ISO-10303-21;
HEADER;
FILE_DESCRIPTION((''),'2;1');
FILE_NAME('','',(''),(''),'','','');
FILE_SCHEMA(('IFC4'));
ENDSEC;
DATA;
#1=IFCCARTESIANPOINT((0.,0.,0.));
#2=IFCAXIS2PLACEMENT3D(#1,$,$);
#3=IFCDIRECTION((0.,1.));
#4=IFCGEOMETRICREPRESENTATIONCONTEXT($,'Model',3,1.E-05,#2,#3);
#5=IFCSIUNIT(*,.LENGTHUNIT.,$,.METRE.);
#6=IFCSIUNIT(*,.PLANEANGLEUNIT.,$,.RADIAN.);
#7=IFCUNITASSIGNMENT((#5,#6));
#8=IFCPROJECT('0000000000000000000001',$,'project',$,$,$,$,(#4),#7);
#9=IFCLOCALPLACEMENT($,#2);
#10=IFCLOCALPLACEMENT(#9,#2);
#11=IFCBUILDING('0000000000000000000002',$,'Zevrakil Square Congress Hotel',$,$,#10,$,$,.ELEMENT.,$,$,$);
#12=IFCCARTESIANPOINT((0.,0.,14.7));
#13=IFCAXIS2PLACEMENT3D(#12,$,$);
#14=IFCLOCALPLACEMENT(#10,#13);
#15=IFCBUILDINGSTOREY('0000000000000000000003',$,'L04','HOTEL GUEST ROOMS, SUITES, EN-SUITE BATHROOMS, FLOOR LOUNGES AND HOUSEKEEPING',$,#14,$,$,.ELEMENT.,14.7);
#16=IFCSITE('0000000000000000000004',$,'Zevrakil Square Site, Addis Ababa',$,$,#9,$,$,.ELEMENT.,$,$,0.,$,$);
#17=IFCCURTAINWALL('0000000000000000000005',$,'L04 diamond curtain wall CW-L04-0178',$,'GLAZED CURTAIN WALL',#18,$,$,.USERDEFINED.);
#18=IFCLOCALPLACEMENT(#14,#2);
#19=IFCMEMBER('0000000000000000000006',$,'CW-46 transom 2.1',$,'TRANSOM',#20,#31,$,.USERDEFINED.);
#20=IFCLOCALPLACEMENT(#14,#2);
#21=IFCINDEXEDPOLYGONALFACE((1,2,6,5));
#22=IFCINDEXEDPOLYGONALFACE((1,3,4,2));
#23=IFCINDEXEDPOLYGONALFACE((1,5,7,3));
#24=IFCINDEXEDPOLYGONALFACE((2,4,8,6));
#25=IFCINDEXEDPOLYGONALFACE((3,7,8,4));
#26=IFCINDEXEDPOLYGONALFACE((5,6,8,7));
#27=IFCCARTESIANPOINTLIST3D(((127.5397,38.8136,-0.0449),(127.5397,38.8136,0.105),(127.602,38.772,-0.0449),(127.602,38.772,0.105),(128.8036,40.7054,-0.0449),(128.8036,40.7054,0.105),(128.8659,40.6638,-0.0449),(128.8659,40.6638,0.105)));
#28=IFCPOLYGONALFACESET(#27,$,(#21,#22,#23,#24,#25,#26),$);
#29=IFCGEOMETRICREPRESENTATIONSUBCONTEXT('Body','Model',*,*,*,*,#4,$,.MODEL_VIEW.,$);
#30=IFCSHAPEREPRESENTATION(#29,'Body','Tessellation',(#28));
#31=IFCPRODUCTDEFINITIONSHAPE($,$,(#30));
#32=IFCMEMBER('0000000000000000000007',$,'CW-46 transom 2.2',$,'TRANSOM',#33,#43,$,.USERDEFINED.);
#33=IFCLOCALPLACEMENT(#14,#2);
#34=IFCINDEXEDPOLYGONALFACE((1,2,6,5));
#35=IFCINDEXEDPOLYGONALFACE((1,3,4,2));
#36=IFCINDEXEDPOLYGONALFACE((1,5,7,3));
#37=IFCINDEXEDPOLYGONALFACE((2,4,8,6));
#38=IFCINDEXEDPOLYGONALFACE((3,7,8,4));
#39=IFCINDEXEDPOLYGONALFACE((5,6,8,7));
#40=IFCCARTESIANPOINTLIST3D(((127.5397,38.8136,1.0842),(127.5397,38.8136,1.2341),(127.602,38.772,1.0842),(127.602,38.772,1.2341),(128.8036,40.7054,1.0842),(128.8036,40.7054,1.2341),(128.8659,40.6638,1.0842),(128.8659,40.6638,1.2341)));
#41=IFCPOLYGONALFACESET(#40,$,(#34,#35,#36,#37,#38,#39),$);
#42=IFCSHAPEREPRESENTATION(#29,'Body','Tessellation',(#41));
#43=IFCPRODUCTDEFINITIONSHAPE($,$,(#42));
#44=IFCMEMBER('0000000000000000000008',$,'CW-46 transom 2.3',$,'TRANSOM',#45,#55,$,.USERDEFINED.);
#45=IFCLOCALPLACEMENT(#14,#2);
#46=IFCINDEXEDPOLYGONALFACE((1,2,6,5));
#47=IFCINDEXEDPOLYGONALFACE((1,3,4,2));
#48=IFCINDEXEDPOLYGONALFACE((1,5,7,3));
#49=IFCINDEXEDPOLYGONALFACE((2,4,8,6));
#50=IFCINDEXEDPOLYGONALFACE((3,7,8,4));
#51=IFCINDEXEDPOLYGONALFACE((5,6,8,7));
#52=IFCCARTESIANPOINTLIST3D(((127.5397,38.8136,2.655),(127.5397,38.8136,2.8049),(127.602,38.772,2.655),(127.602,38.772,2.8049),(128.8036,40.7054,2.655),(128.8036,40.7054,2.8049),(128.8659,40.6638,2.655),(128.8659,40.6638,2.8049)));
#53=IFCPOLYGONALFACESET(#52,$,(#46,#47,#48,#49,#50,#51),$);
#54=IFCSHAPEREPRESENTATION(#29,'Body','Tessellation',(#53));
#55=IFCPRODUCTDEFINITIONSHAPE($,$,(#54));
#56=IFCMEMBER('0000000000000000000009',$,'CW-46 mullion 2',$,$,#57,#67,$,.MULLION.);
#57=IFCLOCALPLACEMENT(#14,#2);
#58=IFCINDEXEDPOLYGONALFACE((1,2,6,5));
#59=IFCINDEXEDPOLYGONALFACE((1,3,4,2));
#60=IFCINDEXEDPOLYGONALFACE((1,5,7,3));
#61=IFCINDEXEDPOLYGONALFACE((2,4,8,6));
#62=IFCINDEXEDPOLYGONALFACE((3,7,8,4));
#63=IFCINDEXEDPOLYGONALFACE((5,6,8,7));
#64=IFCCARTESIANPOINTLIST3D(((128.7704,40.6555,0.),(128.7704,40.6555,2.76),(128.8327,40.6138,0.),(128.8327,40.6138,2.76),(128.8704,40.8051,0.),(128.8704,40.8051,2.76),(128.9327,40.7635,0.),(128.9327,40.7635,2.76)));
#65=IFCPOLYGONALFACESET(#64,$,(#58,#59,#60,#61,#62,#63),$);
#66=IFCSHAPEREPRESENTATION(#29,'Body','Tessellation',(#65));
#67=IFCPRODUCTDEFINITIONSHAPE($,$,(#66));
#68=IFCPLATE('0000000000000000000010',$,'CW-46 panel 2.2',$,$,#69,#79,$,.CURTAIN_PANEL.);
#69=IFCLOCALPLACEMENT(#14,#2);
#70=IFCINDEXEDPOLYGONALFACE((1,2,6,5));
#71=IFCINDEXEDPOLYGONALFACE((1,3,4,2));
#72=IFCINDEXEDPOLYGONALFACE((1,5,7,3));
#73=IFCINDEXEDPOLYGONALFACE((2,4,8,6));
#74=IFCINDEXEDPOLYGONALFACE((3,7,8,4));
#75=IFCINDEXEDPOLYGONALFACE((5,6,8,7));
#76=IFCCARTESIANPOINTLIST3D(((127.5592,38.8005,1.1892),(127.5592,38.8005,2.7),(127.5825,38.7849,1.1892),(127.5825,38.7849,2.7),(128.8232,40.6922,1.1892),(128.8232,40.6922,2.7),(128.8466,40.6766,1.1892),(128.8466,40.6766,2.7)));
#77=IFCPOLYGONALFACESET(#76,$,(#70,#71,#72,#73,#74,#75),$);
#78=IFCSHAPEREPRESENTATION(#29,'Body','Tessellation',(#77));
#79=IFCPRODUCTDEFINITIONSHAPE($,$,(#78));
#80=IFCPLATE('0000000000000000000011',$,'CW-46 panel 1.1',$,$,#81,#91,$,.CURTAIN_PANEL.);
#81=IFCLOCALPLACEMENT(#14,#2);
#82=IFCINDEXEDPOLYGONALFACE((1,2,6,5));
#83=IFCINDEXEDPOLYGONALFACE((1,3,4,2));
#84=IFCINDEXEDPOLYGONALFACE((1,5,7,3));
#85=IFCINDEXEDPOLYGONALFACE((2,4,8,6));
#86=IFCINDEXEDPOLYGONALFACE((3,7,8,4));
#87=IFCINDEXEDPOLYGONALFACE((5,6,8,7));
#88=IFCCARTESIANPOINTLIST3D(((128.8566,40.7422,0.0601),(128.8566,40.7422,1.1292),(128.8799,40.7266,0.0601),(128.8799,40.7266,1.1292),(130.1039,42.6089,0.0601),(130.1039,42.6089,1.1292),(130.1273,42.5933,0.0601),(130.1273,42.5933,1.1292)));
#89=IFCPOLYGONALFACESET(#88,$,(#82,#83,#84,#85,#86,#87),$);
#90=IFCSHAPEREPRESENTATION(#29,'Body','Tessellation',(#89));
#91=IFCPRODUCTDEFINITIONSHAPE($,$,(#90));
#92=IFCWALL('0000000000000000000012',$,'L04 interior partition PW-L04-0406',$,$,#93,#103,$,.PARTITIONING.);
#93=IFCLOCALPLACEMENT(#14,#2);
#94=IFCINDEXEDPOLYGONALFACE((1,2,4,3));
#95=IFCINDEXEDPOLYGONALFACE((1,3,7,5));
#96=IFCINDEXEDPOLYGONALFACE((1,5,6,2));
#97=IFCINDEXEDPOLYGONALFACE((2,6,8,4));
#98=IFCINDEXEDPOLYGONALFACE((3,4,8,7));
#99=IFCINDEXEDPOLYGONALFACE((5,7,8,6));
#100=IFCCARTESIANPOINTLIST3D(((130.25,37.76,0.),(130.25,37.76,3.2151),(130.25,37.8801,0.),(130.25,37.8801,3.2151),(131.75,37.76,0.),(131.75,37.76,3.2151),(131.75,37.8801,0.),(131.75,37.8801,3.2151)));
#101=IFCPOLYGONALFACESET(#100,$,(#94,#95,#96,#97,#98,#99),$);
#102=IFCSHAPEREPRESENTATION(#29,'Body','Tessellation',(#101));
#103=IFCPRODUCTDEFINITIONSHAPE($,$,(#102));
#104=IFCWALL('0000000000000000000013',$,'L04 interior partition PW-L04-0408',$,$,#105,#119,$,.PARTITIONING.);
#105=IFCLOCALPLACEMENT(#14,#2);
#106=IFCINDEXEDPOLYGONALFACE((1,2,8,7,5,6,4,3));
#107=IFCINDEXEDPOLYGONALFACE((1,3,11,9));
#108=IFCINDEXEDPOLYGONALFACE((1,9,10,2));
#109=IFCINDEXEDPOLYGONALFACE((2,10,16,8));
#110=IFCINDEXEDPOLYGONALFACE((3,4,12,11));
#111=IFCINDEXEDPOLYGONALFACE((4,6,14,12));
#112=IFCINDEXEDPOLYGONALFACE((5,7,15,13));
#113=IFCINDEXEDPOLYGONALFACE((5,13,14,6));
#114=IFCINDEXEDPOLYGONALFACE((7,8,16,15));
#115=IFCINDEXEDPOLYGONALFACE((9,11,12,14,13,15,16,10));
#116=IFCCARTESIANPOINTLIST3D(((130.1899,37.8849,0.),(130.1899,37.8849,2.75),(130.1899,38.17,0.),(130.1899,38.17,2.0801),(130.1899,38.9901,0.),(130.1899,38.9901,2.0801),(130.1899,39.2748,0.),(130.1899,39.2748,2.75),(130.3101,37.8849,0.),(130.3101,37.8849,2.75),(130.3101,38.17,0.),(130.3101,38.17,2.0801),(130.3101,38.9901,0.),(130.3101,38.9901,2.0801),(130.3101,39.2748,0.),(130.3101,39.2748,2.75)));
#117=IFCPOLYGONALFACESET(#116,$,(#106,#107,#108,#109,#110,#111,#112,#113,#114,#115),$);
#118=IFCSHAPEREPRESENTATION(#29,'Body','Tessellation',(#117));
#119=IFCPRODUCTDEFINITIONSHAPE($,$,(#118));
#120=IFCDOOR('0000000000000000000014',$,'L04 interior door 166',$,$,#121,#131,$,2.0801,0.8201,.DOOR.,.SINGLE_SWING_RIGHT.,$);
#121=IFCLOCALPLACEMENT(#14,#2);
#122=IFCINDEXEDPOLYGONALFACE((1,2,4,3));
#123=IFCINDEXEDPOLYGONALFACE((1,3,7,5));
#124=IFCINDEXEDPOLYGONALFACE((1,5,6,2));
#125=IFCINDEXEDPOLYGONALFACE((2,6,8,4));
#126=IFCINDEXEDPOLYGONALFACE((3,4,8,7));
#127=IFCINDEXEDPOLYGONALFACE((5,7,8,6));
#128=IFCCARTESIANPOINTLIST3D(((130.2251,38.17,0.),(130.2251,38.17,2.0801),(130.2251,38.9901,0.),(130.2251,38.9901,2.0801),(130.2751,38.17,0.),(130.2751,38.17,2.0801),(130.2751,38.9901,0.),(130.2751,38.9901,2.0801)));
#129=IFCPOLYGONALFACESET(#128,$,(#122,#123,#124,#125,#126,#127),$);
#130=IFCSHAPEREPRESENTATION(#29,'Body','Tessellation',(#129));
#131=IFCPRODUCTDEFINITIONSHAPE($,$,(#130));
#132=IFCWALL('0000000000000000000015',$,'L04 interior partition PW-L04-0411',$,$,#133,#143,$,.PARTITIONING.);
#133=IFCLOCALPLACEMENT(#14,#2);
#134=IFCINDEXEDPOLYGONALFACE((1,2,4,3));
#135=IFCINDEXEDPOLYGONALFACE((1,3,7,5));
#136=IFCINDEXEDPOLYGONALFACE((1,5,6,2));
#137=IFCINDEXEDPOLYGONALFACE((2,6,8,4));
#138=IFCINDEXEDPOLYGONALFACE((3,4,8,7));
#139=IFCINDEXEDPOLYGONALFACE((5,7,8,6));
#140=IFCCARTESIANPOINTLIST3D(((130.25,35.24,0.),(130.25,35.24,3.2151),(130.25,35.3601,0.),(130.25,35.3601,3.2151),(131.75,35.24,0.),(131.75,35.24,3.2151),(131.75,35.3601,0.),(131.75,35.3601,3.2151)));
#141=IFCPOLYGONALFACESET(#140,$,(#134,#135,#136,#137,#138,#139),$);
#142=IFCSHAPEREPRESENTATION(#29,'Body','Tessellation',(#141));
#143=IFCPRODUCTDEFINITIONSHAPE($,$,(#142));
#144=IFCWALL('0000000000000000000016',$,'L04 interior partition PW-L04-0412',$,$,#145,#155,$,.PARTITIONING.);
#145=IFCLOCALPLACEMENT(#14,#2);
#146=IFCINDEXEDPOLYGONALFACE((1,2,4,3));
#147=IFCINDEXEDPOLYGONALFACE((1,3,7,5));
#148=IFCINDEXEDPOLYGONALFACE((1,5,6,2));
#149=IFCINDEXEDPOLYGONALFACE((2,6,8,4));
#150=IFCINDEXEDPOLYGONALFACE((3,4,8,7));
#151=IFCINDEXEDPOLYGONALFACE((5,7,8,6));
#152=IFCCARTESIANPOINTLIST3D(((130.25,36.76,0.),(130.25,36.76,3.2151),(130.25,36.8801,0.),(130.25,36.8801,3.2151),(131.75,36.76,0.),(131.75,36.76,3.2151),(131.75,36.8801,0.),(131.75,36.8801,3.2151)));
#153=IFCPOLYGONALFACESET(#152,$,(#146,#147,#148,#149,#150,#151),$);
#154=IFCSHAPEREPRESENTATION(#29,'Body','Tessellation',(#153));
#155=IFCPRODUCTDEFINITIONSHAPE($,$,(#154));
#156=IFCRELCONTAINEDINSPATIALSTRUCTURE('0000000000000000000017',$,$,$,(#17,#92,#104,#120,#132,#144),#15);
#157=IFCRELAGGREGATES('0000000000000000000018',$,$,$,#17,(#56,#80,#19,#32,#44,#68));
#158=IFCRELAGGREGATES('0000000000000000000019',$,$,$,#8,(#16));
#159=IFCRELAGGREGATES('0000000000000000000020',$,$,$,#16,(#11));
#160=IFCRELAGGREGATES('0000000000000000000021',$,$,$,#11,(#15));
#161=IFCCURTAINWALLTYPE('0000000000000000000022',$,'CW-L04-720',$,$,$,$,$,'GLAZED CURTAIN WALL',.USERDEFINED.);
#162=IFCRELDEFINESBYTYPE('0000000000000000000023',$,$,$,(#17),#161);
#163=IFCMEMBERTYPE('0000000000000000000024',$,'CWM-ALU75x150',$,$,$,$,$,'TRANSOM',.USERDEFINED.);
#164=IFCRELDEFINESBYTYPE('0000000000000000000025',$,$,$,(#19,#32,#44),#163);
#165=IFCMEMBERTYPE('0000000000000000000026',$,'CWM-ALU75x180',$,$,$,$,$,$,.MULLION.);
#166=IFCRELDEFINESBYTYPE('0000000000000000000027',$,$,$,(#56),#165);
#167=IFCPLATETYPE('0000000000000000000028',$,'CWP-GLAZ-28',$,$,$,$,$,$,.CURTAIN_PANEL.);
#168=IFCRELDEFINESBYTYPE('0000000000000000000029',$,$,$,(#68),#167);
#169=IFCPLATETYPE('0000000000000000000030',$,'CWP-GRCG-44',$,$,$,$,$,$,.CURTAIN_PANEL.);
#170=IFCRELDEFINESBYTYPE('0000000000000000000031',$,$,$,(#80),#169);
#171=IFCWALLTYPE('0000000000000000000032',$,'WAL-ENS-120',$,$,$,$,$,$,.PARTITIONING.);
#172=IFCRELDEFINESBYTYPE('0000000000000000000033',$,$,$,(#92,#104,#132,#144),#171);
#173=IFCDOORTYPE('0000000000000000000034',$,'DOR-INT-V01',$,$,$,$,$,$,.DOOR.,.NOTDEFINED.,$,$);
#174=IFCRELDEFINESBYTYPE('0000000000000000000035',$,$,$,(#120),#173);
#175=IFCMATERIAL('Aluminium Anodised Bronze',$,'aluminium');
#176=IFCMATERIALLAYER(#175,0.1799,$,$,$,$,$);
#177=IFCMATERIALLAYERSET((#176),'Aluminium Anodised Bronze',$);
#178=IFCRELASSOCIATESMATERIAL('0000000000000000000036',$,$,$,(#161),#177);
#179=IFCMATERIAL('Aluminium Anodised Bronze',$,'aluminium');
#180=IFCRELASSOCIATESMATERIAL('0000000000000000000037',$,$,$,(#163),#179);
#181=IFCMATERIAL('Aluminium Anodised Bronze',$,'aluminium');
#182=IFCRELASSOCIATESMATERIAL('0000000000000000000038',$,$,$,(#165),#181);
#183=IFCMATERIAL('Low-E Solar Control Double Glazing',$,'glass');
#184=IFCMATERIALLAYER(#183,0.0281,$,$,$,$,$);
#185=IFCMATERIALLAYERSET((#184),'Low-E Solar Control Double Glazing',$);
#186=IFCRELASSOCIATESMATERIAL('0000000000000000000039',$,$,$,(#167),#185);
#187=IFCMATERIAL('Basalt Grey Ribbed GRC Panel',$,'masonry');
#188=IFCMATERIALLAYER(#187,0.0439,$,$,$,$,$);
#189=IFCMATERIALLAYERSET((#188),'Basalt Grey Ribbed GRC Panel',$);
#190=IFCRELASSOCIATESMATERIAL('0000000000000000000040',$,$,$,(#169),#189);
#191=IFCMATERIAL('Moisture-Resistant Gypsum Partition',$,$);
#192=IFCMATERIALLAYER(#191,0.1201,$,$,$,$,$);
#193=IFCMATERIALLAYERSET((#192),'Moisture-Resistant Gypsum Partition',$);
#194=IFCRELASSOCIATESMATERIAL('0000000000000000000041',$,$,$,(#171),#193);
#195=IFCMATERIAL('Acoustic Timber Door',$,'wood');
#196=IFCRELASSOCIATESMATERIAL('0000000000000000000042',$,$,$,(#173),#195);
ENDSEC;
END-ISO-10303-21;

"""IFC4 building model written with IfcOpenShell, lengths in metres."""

from ifc_helpers import new_model, si_unit, direction, frame, frame_2d, origin, origin_2d, place, context, subcontext, project, spatial, rectangle, extrude, material, layer, layer_set, material_profile, profile_set, type_object, element, fill, aggregate, save


model = new_model("IFC4")

# Units and contexts
model_context = context("Model", 3, precision=1e-05, world=origin(), true_north=direction((0.0, 1.0)))
body_context = subcontext(model_context, "Body", "Model", "MODEL_VIEW")
ifc_project = project(units=[si_unit("LENGTHUNIT", "METRE"), si_unit("PLANEANGLEUNIT", "RADIAN")], contexts=[model_context])

# Site, building, storey
site_placement = place(None, origin())
site = spatial("IfcSite", under=ifc_project, at=site_placement, Name="Zevrakil Square Site, Addis Ababa", CompositionType="ELEMENT", RefElevation=0.0)
building_placement = place(site_placement, origin())
building = spatial("IfcBuilding", under=site, at=building_placement, Name="Zevrakil Square Congress Hotel", CompositionType="ELEMENT")
storey_placement = place(building_placement, frame((0.0, 0.0, 14.7)))
storey = spatial("IfcBuildingStorey", under=building, at=storey_placement, Name="L04", Description="HOTEL GUEST ROOMS, SUITES, EN-SUITE BATHROOMS, FLOOR LOUNGES AND HOUSEKEEPING", CompositionType="ELEMENT", Elevation=14.7)

# Curtain wall, members, plates
ifc_material_1 = material(Name="Aluminium Anodised Bronze", Category="aluminium")
ifc_layer_1 = layer(ifc_material_1, 0.1799)
ifc_layer_set_1 = layer_set([ifc_layer_1], Name="Aluminium Anodised Bronze")
curtain_wall_type = type_object("IfcCurtainWallType", Name="CW-L04-720", ElementType="GLAZED CURTAIN WALL", PredefinedType="USERDEFINED", material=ifc_layer_set_1)
curtain_wall_placement = place(storey_placement, origin())
curtain_wall = element("IfcCurtainWall", 1, at=curtain_wall_placement, inside=storey, type_object=curtain_wall_type, Name="L04 diamond curtain wall CW-L04-0178", ObjectType="GLAZED CURTAIN WALL", PredefinedType="USERDEFINED")
ifc_material_2 = material(Name="Aluminium Anodised Bronze", Category="aluminium")
ifc_material_profile_1 = material_profile(ifc_material_2, rectangle(XDim=0.075, YDim=0.1499, at=origin_2d()), Name="ALU 75x150")
ifc_profile_set_1 = profile_set([ifc_material_profile_1], Name="Aluminium Anodised Bronze")
member_type_1 = type_object("IfcMemberType", Name="CWM-ALU75x150", ElementType="TRANSOM", PredefinedType="USERDEFINED", material=ifc_profile_set_1)
member_1_placement = place(storey_placement, frame((128.8347, 40.6846, 0.03), z_axis=(-0.555517, -0.831505, 0.0), x_axis=(0.831505, -0.555517, 0.0)))
member_1 = element("IfcMember", 2, at=member_1_placement, type_object=member_type_1, Name="CW-46 transom 2.1", ObjectType="TRANSOM", PredefinedType="USERDEFINED", context=body_context, shape_type="SweptSolid", body=[
    extrude(rectangle(XDim=0.075, YDim=0.1499, at=origin_2d()), origin(), (0.0, 0.0, 1.0), 2.2751),
])
member_2_placement = place(storey_placement, frame((128.8347, 40.6846, 1.1592), z_axis=(-0.555517, -0.831505, 0.0), x_axis=(0.831505, -0.555517, 0.0)))
member_2 = element("IfcMember", 3, at=member_2_placement, type_object=member_type_1, Name="CW-46 transom 2.2", ObjectType="TRANSOM", PredefinedType="USERDEFINED", context=body_context, shape_type="SweptSolid", body=[
    extrude(rectangle(XDim=0.075, YDim=0.1499, at=origin_2d()), origin(), (0.0, 0.0, 1.0), 2.2751),
])
member_3_placement = place(storey_placement, frame((128.8347, 40.6846, 2.73), z_axis=(-0.555517, -0.831505, 0.0), x_axis=(0.831505, -0.555517, 0.0)))
member_3 = element("IfcMember", 4, at=member_3_placement, type_object=member_type_1, Name="CW-46 transom 2.3", ObjectType="TRANSOM", PredefinedType="USERDEFINED", context=body_context, shape_type="SweptSolid", body=[
    extrude(rectangle(XDim=0.075, YDim=0.1499, at=origin_2d()), origin(), (0.0, 0.0, 1.0), 2.2751),
])
ifc_material_3 = material(Name="Aluminium Anodised Bronze", Category="aluminium")
ifc_material_profile_2 = material_profile(ifc_material_3, rectangle(XDim=0.075, YDim=0.1799, at=origin_2d()), Name="ALU 75x180")
ifc_profile_set_2 = profile_set([ifc_material_profile_2], Name="Aluminium Anodised Bronze")
member_type_2 = type_object("IfcMemberType", Name="CWM-ALU75x180", PredefinedType="MULLION", material=ifc_profile_set_2)
member_4_placement = place(storey_placement, frame((128.8516, 40.7095, 0.0), z_axis=(0.0, 0.0, 1.0), x_axis=(0.831466, -0.555576, 0.0)))
member_4 = element("IfcMember", 5, at=member_4_placement, type_object=member_type_2, Name="CW-46 mullion 2", PredefinedType="MULLION", context=body_context, shape_type="SweptSolid", body=[
    extrude(rectangle(XDim=0.075, YDim=0.1799, at=origin_2d()), origin(), (0.0, 0.0, 1.0), 2.76),
])
ifc_material_4 = material(Name="Low-E Solar Control Double Glazing", Category="glass")
ifc_layer_2 = layer(ifc_material_4, 0.0281)
ifc_layer_set_2 = layer_set([ifc_layer_2], Name="Low-E Solar Control Double Glazing")
plate_type_1 = type_object("IfcPlateType", Name="CWP-GLAZ-28", PredefinedType="CURTAIN_PANEL", material=ifc_layer_set_2)
plate_1_placement = place(storey_placement, frame((128.2029, 39.7385, 1.1892), z_axis=(0.0, 0.0, 1.0), x_axis=(-0.555576, -0.831466, 0.0)))
plate_1 = element("IfcPlate", 6, at=plate_1_placement, type_object=plate_type_1, Name="CW-46 panel 2.2", PredefinedType="CURTAIN_PANEL", context=body_context, shape_type="SweptSolid", body=[
    extrude(rectangle(XDim=2.2751, YDim=0.0281, at=origin_2d()), origin(), (0.0, 0.0, 1.0), 1.5107),
])
ifc_material_5 = material(Name="Basalt Grey Ribbed GRC Panel", Category="masonry")
ifc_layer_3 = layer(ifc_material_5, 0.0439)
ifc_layer_set_3 = layer_set([ifc_layer_3], Name="Basalt Grey Ribbed GRC Panel")
plate_type_2 = type_object("IfcPlateType", Name="CWP-GRCG-44", PredefinedType="CURTAIN_PANEL", material=ifc_layer_set_3)
plate_2_placement = place(storey_placement, frame((129.4919, 41.6677, 0.0601), z_axis=(0.0, 0.0, 1.0), x_axis=(-0.555576, -0.831466, 0.0)))
plate_2 = element("IfcPlate", 7, at=plate_2_placement, type_object=plate_type_2, Name="CW-46 panel 1.1", PredefinedType="CURTAIN_PANEL", context=body_context, shape_type="SweptSolid", body=[
    extrude(rectangle(XDim=2.2451, YDim=0.0281, at=origin_2d()), origin(), (0.0, 0.0, 1.0), 1.0691),
])
aggregate(curtain_wall, [member_4, plate_2, member_1, member_2, member_3, plate_1])

# Wall
ifc_material_6 = material(Name="Moisture-Resistant Gypsum Partition")
ifc_layer_4 = layer(ifc_material_6, 0.1201)
ifc_layer_set_4 = layer_set([ifc_layer_4], Name="Moisture-Resistant Gypsum Partition")
wall_type = type_object("IfcWallType", Name="WAL-ENS-120", PredefinedType="PARTITIONING", material=ifc_layer_set_4)
wall_1_placement = place(storey_placement, frame((130.25, 37.8201, 0.0), z_axis=(0.0, 0.0, 1.0), x_axis=(1.0, 0.0, 0.0)))
element("IfcWall", 8, at=wall_1_placement, inside=storey, type_object=wall_type, Name="L04 interior partition PW-L04-0406", PredefinedType="PARTITIONING", context=body_context, shape_type="SweptSolid", body=[
    extrude(rectangle(XDim=1.5, YDim=0.1201, at=frame_2d((0.75, 0.0))), origin(), (0.0, 0.0, 1.0), 3.2151),
])

# Wall, opening, door
wall_2_placement = place(storey_placement, frame((130.25, 37.885, 0.0), z_axis=(0.0, 0.0, 1.0), x_axis=(0.0, 1.0, 0.0)))
wall_2 = element("IfcWall", 9, at=wall_2_placement, inside=storey, type_object=wall_type, Name="L04 interior partition PW-L04-0408", PredefinedType="PARTITIONING", context=body_context, shape_type="SweptSolid", body=[
    extrude(rectangle(XDim=1.3899, YDim=0.1201, at=frame_2d((0.6948, 0.0))), origin(), (0.0, 0.0, 1.0), 2.75),
])
opening_1_placement = place(wall_2_placement, frame((0.2849, 0.0, 0.0)))
opening_1 = element("IfcOpeningElement", 10, at=opening_1_placement, cuts=wall_2, PredefinedType="OPENING", context=body_context, shape_type="SweptSolid", body=[
    extrude(rectangle(XDim=0.8201, YDim=2.0801, at=frame_2d((0.4102, 1.04))), frame((0.0, 0.0701, 0.0), z_axis=(0.0, -1.0, 0.0), x_axis=(1.0, 0.0, 0.0)), (0.0, 0.0, 1.0), 0.1401),
])
ifc_material_7 = material(Name="Acoustic Timber Door", Category="wood")
door_type = type_object("IfcDoorType", Name="DOR-INT-V01", OperationType="NOTDEFINED", PredefinedType="DOOR", material=ifc_material_7)
door_1_placement = place(opening_1_placement, origin())
door_1 = element("IfcDoor", 11, at=door_1_placement, inside=storey, type_object=door_type, Name="L04 interior door 166", OperationType="SINGLE_SWING_RIGHT", OverallHeight=2.0801, OverallWidth=0.8201, PredefinedType="DOOR", context=body_context, shape_type="SweptSolid", body=[
    extrude(rectangle(XDim=0.8201, YDim=2.0801, at=frame_2d((0.4102, 1.04))), frame((0.0, 0.0249, 0.0), z_axis=(0.0, -1.0, 0.0), x_axis=(1.0, 0.0, 0.0)), (0.0, 0.0, 1.0), 0.05),
])
fill(opening_1, door_1)

# Walls
for number, where, z_axis, x_axis, name in (
    (12, (130.25, 35.3, 0.0), (0.0, 0.0, 1.0), (1.0, 0.0, 0.0), "L04 interior partition PW-L04-0411"),
    (13, (130.25, 36.8201, 0.0), (0.0, 0.0, 1.0), (1.0, 0.0, 0.0), "L04 interior partition PW-L04-0412"),
):
    element("IfcWall", number, at=place(storey_placement, frame(where, z_axis=z_axis, x_axis=x_axis)), inside=storey, type_object=wall_type, Name=name, PredefinedType="PARTITIONING", context=body_context, shape_type="SweptSolid", body=[
        extrude(rectangle(XDim=1.5, YDim=0.1201, at=frame_2d((0.75, 0.0))), origin(), (0.0, 0.0, 1.0), 3.2151),
    ])

save(model, "model.ifc")
